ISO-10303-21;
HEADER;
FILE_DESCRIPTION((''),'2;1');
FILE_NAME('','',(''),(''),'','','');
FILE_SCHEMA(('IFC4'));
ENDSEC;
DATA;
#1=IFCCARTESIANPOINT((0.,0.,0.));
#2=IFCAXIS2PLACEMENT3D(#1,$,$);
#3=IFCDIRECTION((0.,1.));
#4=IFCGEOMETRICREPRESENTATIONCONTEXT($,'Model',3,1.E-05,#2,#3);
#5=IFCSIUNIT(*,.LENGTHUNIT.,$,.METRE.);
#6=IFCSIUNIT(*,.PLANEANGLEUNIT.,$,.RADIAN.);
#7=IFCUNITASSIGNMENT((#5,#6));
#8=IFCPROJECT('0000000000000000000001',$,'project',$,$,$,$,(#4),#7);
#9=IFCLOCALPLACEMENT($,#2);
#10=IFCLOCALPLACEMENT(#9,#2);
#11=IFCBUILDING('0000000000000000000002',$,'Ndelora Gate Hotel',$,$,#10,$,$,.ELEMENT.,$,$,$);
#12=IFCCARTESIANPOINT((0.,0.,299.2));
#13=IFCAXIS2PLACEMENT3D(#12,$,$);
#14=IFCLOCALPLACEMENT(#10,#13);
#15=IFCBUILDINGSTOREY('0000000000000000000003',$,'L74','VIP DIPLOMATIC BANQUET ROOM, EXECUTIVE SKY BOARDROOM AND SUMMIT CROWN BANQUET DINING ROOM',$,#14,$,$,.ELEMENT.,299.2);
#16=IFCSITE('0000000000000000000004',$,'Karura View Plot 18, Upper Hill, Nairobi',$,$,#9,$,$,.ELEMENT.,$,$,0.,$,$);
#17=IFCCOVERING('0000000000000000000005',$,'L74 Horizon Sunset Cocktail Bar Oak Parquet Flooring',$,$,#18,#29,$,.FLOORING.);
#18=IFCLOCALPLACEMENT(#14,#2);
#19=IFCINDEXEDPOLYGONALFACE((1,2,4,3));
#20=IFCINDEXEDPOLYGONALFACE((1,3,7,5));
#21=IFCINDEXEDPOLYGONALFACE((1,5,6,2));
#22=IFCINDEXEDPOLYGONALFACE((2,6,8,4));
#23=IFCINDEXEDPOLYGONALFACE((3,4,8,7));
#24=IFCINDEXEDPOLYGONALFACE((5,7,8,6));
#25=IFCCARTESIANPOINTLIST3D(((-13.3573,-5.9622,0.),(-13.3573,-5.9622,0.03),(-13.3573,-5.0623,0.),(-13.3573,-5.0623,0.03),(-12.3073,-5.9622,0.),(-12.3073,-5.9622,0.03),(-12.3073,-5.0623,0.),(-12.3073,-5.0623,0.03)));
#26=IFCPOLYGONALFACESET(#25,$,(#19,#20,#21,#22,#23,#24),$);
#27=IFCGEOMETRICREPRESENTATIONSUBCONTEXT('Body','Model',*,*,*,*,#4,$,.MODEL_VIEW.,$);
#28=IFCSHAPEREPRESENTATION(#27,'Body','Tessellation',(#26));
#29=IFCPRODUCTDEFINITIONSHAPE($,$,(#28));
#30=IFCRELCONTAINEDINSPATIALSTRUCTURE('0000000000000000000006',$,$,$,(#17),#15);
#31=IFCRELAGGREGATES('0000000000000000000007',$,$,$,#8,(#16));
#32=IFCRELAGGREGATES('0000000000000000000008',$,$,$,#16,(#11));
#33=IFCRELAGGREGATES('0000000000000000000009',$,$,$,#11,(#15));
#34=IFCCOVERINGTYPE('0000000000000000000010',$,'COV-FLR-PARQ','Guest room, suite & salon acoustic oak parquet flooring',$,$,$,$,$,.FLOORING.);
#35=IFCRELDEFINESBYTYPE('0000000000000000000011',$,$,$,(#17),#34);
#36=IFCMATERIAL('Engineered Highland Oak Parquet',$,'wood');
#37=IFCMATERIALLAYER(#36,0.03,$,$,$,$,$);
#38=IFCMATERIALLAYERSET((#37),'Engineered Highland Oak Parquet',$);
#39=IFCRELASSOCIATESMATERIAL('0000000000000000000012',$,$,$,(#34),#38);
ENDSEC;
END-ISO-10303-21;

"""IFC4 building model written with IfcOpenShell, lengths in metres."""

from ifc_helpers import new_model, si_unit, direction, frame, origin, origin_2d, place, context, subcontext, project, spatial, rectangle, extrude, material, layer, layer_set, type_object, element, save


model = new_model("IFC4")

# Units and contexts
model_context = context("Model", 3, precision=1e-05, world=origin(), true_north=direction((0.0, 1.0)))
body_context = subcontext(model_context, "Body", "Model", "MODEL_VIEW")
ifc_project = project(units=[si_unit("LENGTHUNIT", "METRE"), si_unit("PLANEANGLEUNIT", "RADIAN")], contexts=[model_context])

# Site, building, storey
site_placement = place(None, origin())
site = spatial("IfcSite", under=ifc_project, at=site_placement, Name="Karura View Plot 18, Upper Hill, Nairobi", CompositionType="ELEMENT", RefElevation=0.0)
building_placement = place(site_placement, origin())
building = spatial("IfcBuilding", under=site, at=building_placement, Name="Ndelora Gate Hotel", CompositionType="ELEMENT")
storey_placement = place(building_placement, frame((0.0, 0.0, 299.2)))
storey = spatial("IfcBuildingStorey", under=building, at=storey_placement, Name="L74", Description="VIP DIPLOMATIC BANQUET ROOM, EXECUTIVE SKY BOARDROOM AND SUMMIT CROWN BANQUET DINING ROOM", CompositionType="ELEMENT", Elevation=299.2)

# Covering
ifc_material_1 = material(Name="Engineered Highland Oak Parquet", Category="wood")
ifc_layer_1 = layer(ifc_material_1, 0.03)
ifc_layer_set_1 = layer_set([ifc_layer_1], Name="Engineered Highland Oak Parquet")
covering_type_1 = type_object("IfcCoveringType", Name="COV-FLR-PARQ", Description="Guest room, suite & salon acoustic oak parquet flooring", PredefinedType="FLOORING", material=ifc_layer_set_1)
covering_1_placement = place(storey_placement, frame((-12.8323, -5.5122, 0.0), z_axis=(0.0, 0.0, 1.0), x_axis=(1.0, 0.0, 0.0)))
element("IfcCovering", 1, at=covering_1_placement, inside=storey, type_object=covering_type_1, Name="L74 Horizon Sunset Cocktail Bar Oak Parquet Flooring", PredefinedType="FLOORING", context=body_context, shape_type="SweptSolid", body=[
    extrude(rectangle(XDim=1.05, YDim=0.8999, at=origin_2d()), origin(), (0.0, 0.0, 1.0), 0.03),
])

save(model, "model.ifc")
